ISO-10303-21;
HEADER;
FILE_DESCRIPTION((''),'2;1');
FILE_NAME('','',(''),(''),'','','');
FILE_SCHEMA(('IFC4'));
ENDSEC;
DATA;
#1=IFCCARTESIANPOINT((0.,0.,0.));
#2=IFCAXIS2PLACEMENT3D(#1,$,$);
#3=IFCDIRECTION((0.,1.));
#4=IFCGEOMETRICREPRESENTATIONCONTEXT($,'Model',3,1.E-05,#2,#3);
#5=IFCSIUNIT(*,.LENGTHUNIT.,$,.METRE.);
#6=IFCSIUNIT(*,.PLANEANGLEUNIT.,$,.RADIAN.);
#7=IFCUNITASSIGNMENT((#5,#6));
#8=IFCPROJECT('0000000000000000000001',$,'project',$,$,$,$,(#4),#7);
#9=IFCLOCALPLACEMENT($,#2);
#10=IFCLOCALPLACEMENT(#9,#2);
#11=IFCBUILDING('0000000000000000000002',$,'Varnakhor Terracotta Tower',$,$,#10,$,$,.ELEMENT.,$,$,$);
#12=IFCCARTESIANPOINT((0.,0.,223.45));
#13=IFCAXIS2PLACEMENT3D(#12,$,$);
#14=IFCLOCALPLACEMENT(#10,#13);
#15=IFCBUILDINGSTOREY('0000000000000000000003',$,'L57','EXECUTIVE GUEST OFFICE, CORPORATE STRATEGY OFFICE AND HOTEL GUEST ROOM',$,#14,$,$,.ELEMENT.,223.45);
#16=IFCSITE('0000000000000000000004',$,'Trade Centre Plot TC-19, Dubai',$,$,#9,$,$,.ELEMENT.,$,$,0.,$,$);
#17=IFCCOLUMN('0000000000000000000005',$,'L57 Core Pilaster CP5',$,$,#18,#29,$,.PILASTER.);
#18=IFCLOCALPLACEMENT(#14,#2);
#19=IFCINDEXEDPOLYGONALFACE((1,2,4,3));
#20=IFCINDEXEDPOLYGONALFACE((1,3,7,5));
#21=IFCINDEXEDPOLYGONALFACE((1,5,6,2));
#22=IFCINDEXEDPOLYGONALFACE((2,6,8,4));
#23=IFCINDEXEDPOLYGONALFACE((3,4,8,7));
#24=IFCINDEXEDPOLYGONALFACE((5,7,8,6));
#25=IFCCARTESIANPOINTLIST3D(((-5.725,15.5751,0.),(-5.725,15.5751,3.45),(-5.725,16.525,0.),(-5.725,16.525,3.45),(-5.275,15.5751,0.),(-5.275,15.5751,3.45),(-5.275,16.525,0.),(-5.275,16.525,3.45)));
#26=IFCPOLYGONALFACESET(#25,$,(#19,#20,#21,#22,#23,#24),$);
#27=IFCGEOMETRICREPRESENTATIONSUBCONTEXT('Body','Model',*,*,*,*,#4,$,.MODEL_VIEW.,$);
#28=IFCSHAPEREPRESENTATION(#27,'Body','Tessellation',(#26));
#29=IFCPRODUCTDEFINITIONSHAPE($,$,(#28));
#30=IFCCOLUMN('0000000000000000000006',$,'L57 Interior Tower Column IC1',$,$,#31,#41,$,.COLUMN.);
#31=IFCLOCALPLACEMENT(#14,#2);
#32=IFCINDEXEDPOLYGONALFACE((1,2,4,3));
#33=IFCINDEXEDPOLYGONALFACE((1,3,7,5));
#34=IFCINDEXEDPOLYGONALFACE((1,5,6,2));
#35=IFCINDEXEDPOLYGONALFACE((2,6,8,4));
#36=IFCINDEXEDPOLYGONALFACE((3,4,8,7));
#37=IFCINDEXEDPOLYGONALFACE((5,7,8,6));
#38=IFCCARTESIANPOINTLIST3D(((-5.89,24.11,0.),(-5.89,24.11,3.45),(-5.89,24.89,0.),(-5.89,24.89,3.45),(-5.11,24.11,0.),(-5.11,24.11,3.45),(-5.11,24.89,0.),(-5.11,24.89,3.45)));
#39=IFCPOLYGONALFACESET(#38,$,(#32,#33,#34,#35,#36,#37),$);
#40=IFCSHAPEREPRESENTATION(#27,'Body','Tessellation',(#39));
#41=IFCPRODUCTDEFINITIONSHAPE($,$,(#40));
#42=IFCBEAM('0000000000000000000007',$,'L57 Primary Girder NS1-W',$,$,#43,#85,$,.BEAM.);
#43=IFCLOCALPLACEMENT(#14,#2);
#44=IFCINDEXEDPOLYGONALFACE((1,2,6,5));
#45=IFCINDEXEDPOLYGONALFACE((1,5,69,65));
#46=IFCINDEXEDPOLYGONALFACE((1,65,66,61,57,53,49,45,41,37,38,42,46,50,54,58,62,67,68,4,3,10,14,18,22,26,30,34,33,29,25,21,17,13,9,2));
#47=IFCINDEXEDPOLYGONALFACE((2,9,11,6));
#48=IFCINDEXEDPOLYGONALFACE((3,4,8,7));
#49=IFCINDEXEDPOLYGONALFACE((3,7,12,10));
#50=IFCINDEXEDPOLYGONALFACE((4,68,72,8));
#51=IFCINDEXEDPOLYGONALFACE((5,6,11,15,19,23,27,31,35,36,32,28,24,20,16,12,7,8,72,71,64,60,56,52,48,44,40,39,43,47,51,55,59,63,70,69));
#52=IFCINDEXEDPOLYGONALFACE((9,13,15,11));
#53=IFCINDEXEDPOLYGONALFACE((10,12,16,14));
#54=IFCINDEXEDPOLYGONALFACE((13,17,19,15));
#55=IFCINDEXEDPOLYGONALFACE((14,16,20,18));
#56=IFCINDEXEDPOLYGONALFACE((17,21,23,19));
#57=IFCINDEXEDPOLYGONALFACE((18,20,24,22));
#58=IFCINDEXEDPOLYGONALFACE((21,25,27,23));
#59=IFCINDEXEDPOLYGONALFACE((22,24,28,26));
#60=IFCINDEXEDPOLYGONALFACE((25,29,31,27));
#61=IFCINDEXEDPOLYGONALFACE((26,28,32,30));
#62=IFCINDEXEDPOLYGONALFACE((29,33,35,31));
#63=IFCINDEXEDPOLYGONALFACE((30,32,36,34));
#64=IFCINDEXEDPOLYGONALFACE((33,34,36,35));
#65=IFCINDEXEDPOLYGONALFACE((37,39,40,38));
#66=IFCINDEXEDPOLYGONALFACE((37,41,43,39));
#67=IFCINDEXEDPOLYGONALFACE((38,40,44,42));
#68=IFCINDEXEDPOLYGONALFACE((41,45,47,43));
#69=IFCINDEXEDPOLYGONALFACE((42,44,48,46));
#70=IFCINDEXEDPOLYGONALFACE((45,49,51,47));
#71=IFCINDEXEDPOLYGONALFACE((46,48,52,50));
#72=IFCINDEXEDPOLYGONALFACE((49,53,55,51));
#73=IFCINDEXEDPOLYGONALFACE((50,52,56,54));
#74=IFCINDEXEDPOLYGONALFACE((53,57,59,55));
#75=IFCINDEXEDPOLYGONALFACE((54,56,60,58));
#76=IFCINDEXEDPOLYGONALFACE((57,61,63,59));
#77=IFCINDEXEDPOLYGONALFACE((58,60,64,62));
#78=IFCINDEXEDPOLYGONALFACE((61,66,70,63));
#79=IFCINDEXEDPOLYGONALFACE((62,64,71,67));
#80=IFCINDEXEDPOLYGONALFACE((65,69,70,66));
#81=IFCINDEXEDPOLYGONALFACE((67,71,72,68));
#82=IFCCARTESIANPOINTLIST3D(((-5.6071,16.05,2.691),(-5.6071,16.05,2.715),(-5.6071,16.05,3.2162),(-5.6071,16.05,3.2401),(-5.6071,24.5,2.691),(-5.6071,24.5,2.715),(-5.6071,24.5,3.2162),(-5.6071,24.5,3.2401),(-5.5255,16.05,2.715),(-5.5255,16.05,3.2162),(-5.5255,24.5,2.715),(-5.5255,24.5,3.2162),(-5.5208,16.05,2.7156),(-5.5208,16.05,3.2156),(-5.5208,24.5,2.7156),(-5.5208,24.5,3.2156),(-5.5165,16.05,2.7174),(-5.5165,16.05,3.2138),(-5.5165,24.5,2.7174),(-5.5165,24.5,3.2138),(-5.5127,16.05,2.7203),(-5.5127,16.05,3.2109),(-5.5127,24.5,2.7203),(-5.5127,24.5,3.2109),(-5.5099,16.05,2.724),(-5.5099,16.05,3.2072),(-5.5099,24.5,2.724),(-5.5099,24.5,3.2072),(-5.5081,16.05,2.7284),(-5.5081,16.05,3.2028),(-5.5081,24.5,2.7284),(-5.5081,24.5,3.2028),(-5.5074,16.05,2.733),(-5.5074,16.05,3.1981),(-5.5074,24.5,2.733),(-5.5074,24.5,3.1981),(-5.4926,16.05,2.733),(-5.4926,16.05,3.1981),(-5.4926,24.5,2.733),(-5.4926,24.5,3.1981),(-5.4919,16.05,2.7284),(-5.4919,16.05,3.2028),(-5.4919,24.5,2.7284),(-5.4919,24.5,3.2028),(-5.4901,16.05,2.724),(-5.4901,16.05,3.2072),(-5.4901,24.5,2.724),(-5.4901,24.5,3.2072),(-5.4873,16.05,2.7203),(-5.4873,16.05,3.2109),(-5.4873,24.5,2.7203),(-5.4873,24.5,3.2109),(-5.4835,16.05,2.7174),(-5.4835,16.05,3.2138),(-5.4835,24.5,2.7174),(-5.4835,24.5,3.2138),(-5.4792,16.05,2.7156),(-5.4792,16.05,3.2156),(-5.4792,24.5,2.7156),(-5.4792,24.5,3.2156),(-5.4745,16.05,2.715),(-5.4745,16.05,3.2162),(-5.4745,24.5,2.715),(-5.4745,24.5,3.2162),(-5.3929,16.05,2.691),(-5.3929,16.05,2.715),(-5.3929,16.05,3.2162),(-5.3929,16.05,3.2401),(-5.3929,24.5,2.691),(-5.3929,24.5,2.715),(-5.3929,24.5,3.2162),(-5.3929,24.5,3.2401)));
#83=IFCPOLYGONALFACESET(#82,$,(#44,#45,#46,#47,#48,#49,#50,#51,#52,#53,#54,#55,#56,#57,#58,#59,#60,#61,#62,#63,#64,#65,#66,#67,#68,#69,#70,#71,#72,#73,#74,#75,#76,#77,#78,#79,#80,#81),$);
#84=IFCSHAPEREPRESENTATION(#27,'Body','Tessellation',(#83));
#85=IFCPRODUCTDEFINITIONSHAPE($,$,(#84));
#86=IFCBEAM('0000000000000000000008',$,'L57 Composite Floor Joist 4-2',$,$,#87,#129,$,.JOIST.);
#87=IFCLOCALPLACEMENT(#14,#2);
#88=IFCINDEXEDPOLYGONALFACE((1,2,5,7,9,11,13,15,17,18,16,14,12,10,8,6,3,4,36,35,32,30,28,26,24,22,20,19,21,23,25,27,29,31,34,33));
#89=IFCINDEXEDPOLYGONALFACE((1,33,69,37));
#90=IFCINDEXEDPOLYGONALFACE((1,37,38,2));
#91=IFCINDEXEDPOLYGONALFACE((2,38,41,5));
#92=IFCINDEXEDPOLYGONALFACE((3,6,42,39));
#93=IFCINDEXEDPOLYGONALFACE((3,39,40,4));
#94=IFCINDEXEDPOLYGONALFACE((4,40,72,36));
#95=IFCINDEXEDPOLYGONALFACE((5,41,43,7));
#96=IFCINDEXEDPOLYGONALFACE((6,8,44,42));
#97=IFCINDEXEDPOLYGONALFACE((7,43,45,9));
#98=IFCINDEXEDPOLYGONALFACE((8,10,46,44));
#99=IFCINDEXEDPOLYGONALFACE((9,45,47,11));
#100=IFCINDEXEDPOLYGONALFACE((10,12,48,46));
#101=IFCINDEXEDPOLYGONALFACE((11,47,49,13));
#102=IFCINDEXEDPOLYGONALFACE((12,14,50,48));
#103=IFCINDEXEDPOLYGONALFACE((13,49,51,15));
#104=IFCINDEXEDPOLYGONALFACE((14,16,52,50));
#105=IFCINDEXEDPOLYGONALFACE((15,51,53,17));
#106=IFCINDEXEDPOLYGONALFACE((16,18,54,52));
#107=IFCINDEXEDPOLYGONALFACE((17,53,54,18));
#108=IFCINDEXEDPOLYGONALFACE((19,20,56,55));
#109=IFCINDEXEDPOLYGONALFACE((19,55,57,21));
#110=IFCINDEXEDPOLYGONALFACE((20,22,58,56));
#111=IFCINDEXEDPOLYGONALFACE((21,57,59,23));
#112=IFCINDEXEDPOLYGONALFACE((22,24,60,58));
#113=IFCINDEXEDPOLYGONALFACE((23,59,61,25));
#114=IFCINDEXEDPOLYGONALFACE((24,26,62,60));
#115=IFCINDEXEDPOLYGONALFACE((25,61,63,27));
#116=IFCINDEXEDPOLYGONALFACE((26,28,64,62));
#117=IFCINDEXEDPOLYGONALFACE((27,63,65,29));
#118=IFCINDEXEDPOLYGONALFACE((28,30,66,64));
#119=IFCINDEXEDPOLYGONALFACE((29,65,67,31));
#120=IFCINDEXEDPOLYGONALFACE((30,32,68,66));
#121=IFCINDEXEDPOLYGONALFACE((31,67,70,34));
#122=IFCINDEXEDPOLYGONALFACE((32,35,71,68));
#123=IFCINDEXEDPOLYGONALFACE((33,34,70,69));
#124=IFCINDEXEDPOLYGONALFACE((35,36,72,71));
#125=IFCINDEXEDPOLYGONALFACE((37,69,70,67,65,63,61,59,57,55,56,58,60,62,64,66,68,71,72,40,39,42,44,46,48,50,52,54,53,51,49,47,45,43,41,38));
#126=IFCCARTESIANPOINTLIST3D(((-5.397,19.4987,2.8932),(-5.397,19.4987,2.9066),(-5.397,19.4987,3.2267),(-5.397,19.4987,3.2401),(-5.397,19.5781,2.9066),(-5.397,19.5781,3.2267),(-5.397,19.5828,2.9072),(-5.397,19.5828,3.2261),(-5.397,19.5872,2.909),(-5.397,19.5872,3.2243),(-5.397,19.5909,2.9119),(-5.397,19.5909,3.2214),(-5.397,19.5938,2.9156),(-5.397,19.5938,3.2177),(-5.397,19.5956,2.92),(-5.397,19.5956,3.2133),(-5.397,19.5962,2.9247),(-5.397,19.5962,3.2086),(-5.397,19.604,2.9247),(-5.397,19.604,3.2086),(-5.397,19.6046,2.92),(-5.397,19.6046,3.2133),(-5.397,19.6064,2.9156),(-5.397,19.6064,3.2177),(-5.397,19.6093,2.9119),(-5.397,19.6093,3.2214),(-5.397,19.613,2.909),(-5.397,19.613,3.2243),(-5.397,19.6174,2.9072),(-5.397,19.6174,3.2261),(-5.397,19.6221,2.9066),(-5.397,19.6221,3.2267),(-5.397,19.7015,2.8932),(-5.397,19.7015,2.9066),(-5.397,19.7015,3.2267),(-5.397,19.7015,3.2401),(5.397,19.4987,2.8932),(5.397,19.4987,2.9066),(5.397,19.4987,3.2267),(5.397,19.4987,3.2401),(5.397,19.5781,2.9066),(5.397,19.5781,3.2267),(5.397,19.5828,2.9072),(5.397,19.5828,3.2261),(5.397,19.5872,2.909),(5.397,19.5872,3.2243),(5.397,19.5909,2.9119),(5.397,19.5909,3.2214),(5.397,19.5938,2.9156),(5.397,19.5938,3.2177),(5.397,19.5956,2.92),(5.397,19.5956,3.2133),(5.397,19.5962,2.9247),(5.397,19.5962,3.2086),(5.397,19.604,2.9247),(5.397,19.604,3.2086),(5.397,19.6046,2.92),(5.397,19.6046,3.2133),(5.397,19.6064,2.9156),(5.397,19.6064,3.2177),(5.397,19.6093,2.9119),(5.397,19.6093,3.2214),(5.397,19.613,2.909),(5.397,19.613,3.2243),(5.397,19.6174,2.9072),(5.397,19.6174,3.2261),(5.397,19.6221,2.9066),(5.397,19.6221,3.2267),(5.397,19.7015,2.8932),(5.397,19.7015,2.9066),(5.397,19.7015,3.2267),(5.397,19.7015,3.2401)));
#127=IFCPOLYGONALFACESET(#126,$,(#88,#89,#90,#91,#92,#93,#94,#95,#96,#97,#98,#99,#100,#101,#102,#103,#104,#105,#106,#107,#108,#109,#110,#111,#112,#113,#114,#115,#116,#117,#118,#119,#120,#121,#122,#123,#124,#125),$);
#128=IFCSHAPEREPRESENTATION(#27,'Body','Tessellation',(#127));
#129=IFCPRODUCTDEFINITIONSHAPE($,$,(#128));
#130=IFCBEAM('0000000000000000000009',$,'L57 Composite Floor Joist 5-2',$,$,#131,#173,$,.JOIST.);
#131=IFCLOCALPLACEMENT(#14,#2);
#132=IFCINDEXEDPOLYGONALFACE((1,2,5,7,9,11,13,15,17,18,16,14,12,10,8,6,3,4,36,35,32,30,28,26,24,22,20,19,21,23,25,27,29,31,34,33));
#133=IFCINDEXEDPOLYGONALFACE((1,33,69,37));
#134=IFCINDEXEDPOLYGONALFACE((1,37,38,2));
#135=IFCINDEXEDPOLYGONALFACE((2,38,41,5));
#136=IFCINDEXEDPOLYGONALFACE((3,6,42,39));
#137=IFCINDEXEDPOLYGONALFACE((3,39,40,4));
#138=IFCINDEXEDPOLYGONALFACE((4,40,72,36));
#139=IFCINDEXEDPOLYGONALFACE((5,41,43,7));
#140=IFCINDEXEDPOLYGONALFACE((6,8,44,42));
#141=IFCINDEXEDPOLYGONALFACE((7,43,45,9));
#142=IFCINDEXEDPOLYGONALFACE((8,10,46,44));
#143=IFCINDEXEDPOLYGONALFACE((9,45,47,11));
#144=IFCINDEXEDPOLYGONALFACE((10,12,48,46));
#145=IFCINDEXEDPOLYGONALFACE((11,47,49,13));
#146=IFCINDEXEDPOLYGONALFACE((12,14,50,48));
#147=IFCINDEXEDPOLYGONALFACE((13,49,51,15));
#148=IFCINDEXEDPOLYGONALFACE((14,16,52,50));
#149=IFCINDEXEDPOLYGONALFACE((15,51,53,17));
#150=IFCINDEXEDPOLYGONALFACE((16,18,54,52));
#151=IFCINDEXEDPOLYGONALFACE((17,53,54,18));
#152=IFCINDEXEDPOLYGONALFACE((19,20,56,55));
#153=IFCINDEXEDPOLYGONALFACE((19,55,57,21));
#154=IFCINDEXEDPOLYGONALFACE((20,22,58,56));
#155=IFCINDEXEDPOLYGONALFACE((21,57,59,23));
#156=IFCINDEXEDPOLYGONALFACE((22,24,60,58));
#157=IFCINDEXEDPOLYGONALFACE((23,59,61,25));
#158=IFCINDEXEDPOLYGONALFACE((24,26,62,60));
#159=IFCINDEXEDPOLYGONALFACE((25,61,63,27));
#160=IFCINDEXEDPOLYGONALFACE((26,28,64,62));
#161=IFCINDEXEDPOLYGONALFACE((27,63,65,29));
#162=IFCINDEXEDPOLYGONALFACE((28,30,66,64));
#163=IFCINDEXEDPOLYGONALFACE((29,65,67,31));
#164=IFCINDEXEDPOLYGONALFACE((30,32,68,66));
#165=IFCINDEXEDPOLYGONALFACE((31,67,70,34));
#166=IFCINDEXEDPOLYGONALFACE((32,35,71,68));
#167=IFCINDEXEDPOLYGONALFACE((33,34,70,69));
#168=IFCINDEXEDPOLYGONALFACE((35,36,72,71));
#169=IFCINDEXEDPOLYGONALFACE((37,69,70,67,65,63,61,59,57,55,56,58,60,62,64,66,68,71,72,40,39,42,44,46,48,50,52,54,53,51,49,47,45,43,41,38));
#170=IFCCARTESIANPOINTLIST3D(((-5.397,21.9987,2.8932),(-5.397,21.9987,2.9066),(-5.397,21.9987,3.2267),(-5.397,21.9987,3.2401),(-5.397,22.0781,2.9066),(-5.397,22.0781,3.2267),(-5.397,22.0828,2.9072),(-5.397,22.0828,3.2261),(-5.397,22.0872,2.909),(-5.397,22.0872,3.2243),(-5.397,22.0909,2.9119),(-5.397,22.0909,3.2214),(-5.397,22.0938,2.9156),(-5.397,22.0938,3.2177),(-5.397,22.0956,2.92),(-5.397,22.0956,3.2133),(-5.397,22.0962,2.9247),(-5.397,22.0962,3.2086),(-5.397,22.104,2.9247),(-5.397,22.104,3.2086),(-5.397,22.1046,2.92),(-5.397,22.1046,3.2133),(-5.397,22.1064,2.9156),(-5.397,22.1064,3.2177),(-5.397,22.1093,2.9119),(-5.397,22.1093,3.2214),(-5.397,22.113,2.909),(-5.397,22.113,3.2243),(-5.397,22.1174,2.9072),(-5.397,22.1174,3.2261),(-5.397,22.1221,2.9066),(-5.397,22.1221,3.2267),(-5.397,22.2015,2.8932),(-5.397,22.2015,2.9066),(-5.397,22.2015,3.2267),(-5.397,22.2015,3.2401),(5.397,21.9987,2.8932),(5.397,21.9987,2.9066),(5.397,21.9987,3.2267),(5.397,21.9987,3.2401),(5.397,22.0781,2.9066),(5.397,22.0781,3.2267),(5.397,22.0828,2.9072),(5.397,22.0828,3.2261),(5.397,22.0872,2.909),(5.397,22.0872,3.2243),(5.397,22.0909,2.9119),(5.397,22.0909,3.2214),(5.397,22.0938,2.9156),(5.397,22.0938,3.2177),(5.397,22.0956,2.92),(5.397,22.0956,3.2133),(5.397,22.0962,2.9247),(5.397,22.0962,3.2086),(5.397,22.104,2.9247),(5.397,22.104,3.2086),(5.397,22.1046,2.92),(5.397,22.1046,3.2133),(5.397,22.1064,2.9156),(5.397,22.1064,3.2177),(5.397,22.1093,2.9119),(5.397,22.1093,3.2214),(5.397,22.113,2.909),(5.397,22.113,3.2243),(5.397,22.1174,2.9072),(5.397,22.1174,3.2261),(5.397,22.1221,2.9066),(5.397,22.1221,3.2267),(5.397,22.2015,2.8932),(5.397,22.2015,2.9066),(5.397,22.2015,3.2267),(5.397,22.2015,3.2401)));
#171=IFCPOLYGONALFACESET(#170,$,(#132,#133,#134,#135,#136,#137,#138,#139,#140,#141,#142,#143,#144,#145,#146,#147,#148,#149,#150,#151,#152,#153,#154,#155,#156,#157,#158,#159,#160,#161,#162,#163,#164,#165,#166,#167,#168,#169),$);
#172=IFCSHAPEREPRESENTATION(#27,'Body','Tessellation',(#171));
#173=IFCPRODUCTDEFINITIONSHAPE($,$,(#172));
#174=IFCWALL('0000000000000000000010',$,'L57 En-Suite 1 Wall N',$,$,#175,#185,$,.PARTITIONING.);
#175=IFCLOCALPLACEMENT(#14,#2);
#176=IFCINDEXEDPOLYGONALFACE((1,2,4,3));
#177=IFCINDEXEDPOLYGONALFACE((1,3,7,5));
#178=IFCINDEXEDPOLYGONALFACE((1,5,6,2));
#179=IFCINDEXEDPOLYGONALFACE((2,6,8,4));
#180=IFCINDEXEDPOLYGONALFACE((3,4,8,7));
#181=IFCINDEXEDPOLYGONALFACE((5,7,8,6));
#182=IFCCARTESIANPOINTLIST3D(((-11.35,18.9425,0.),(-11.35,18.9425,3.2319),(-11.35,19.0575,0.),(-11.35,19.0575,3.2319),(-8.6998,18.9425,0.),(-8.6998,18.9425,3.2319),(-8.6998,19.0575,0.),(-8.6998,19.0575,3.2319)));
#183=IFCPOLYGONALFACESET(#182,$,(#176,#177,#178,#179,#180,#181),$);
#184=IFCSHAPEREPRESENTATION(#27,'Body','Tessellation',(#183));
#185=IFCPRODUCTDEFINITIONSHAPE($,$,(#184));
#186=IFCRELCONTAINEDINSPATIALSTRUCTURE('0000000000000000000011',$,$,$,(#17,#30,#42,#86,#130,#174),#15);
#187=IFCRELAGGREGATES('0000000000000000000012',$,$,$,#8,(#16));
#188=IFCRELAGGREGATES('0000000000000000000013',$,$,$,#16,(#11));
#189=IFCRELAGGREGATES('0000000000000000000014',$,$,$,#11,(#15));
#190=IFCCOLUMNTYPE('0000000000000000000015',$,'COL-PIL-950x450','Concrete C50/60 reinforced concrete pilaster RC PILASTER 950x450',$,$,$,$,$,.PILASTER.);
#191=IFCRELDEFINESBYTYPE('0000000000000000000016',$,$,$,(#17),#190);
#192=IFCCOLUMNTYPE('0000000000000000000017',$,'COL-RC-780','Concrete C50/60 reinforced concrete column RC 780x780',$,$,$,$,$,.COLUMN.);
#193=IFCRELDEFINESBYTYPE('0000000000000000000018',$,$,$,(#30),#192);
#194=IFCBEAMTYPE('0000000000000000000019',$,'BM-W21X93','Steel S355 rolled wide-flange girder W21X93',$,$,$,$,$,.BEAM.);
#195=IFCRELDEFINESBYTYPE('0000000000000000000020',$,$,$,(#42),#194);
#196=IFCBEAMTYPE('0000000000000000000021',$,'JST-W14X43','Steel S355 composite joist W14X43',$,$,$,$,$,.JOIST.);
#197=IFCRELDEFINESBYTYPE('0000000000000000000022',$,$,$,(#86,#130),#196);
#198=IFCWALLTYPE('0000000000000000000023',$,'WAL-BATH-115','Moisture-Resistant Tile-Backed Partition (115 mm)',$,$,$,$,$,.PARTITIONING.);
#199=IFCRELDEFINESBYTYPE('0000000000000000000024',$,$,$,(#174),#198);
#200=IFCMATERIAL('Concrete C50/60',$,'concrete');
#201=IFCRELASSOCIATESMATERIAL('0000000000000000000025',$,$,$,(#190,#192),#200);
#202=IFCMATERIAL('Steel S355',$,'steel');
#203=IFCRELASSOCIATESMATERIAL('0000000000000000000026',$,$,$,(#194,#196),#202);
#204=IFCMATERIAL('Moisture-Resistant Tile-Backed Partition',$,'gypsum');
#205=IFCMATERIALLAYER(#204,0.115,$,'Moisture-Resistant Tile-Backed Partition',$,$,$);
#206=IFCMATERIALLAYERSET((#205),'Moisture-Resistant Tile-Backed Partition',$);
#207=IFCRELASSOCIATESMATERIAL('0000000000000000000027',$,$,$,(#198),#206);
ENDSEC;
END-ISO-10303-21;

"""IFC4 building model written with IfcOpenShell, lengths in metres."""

from ifc_helpers import new_model, si_unit, direction, frame, frame_2d, origin, origin_2d, place, context, subcontext, project, spatial, rectangle, i_section, extrude, source, transform, mapped, material, layer, layer_set, material_profile, profile_set, type_object, type_shapes, element, save


model = new_model("IFC4")

# Units and contexts
model_context = context("Model", 3, precision=1e-05, world=origin(), true_north=direction((0.0, 1.0)))
body_context = subcontext(model_context, "Body", "Model", "MODEL_VIEW")
ifc_project = project(units=[si_unit("LENGTHUNIT", "METRE"), si_unit("PLANEANGLEUNIT", "RADIAN")], contexts=[model_context])

# Site, building, storey
site_placement = place(None, origin())
site = spatial("IfcSite", under=ifc_project, at=site_placement, Name="Trade Centre Plot TC-19, Dubai", CompositionType="ELEMENT", RefElevation=0.0)
building_placement = place(site_placement, origin())
building = spatial("IfcBuilding", under=site, at=building_placement, Name="Varnakhor Terracotta Tower", CompositionType="ELEMENT")
storey_placement = place(building_placement, frame((0.0, 0.0, 223.45)))
storey = spatial("IfcBuildingStorey", under=building, at=storey_placement, Name="L57", Description="EXECUTIVE GUEST OFFICE, CORPORATE STRATEGY OFFICE AND HOTEL GUEST ROOM", CompositionType="ELEMENT", Elevation=223.45)

# Columns
ifc_material_1 = material(Name="Concrete C50/60", Category="concrete")
ifc_material_profile_1 = material_profile(ifc_material_1, rectangle(XDim=0.45, YDim=0.95, at=origin_2d()), Name="RC PILASTER 950x450")
ifc_profile_set_1 = profile_set([ifc_material_profile_1], Name="Concrete C50/60")
column_type_1 = type_object("IfcColumnType", Name="COL-PIL-950x450", Description="Concrete C50/60 reinforced concrete pilaster RC PILASTER 950x450", PredefinedType="PILASTER", material=ifc_profile_set_1)
shared_shape_1 = source(origin(), body_context, "Body", "SweptSolid", [
    extrude(rectangle(XDim=0.45, YDim=0.95, at=origin_2d()), origin(), (0.0, 0.0, 1.0), 3.45),
])
column_1_placement = place(storey_placement, frame((-5.5, 16.05, 0.0), z_axis=(0.0, 0.0, 1.0), x_axis=(1.0, 0.0, 0.0)))
element("IfcColumn", 1, at=column_1_placement, inside=storey, type_object=column_type_1, Name="L57 Core Pilaster CP5", PredefinedType="PILASTER", context=body_context, shape_type="MappedRepresentation", body=[
    mapped(shared_shape_1, transform((0.0, 0.0, 0.0), scale=1.0)),
])
ifc_material_profile_2 = material_profile(ifc_material_1, rectangle(XDim=0.78, YDim=0.78, at=origin_2d()), Name="RC 780x780")
ifc_profile_set_2 = profile_set([ifc_material_profile_2], Name="Concrete C50/60")
column_type_2 = type_object("IfcColumnType", Name="COL-RC-780", Description="Concrete C50/60 reinforced concrete column RC 780x780", PredefinedType="COLUMN", material=ifc_profile_set_2)
shared_shape_2 = source(origin(), body_context, "Body", "SweptSolid", [
    extrude(rectangle(XDim=0.78, YDim=0.78, at=origin_2d()), origin(), (0.0, 0.0, 1.0), 3.45),
])
column_2_placement = place(storey_placement, frame((-5.5, 24.5, 0.0), z_axis=(0.0, 0.0, 1.0), x_axis=(1.0, 0.0, 0.0)))
element("IfcColumn", 2, at=column_2_placement, inside=storey, type_object=column_type_2, Name="L57 Interior Tower Column IC1", PredefinedType="COLUMN", context=body_context, shape_type="MappedRepresentation", body=[
    mapped(shared_shape_2, transform((0.0, 0.0, 0.0), scale=1.0)),
])

# Beams
ifc_material_2 = material(Name="Steel S355", Category="steel")
ifc_material_profile_3 = material_profile(ifc_material_2, i_section(OverallWidth=0.2141, OverallDepth=0.5491, WebThickness=0.0149, FlangeThickness=0.0239, FilletRadius=0.0181, at=origin_2d()), Name="W21X93")
ifc_profile_set_3 = profile_set([ifc_material_profile_3], Name="Steel S355")
beam_type_1 = type_object("IfcBeamType", Name="BM-W21X93", Description="Steel S355 rolled wide-flange girder W21X93", PredefinedType="BEAM", material=ifc_profile_set_3)
shared_shape_3 = source(origin(), body_context, "Body", "SweptSolid", [
    extrude(i_section(OverallWidth=0.2141, OverallDepth=0.5491, WebThickness=0.0149, FlangeThickness=0.0239, FilletRadius=0.0181, at=origin_2d()), origin(), (0.0, 0.0, 1.0), 8.45),
])
type_shapes(beam_type_1, [shared_shape_3])
beam_placement = place(storey_placement, frame((-5.5, 16.05, 2.9656), z_axis=(0.0, 1.0, 0.0), x_axis=(-1.0, 0.0, 0.0)))
element("IfcBeam", 3, at=beam_placement, inside=storey, type_object=beam_type_1, Name="L57 Primary Girder NS1-W", PredefinedType="BEAM", context=body_context, shape_type="MappedRepresentation", body=[
    mapped(shared_shape_3, transform((0.0, 0.0, 0.0), scale=1.0)),
])
ifc_material_profile_4 = material_profile(ifc_material_2, i_section(OverallWidth=0.2029, OverallDepth=0.3469, WebThickness=0.0078, FlangeThickness=0.0134, FilletRadius=0.0181, at=origin_2d()), Name="W14X43")
ifc_profile_set_4 = profile_set([ifc_material_profile_4], Name="Steel S355")
beam_type_2 = type_object("IfcBeamType", Name="JST-W14X43", Description="Steel S355 composite joist W14X43", PredefinedType="JOIST", material=ifc_profile_set_4)
shared_shape_4 = source(origin(), body_context, "Body", "SweptSolid", [
    extrude(i_section(OverallWidth=0.2029, OverallDepth=0.3469, WebThickness=0.0078, FlangeThickness=0.0134, FilletRadius=0.0181, at=origin_2d()), origin(), (0.0, 0.0, 1.0), 10.7939),
])
for number, where, z_axis, x_axis, name in (
    (4, (-5.397, 19.6001, 3.0667), (1.0, 0.0, 0.0), (0.0, 1.0, 0.0), "L57 Composite Floor Joist 4-2"),
    (5, (-5.397, 22.1001, 3.0667), (1.0, 0.0, 0.0), (0.0, 1.0, 0.0), "L57 Composite Floor Joist 5-2"),
):
    element("IfcBeam", number, at=place(storey_placement, frame(where, z_axis=z_axis, x_axis=x_axis)), inside=storey, type_object=beam_type_2, Name=name, PredefinedType="JOIST", context=body_context, shape_type="MappedRepresentation", body=[
        mapped(shared_shape_4, transform((0.0, 0.0, 0.0), scale=1.0)),
    ])

# Wall
ifc_material_3 = material(Name="Moisture-Resistant Tile-Backed Partition", Category="gypsum")
ifc_layer_1 = layer(ifc_material_3, 0.115, Name="Moisture-Resistant Tile-Backed Partition")
ifc_layer_set_1 = layer_set([ifc_layer_1], Name="Moisture-Resistant Tile-Backed Partition")
wall_type_1 = type_object("IfcWallType", Name="WAL-BATH-115", Description="Moisture-Resistant Tile-Backed Partition (115 mm)", PredefinedType="PARTITIONING", material=ifc_layer_set_1)
wall_1_placement = place(storey_placement, frame((-11.3501, 19.0, 0.0), z_axis=(0.0, 0.0, 1.0), x_axis=(1.0, 0.0, 0.0)))
element("IfcWall", 6, at=wall_1_placement, inside=storey, type_object=wall_type_1, Name="L57 En-Suite 1 Wall N", PredefinedType="PARTITIONING", context=body_context, shape_type="SweptSolid", body=[
    extrude(rectangle(XDim=2.6501, YDim=0.115, at=frame_2d((1.3252, 0.0))), origin(), (0.0, 0.0, 1.0), 3.2319),
])

save(model, "model.ifc")
